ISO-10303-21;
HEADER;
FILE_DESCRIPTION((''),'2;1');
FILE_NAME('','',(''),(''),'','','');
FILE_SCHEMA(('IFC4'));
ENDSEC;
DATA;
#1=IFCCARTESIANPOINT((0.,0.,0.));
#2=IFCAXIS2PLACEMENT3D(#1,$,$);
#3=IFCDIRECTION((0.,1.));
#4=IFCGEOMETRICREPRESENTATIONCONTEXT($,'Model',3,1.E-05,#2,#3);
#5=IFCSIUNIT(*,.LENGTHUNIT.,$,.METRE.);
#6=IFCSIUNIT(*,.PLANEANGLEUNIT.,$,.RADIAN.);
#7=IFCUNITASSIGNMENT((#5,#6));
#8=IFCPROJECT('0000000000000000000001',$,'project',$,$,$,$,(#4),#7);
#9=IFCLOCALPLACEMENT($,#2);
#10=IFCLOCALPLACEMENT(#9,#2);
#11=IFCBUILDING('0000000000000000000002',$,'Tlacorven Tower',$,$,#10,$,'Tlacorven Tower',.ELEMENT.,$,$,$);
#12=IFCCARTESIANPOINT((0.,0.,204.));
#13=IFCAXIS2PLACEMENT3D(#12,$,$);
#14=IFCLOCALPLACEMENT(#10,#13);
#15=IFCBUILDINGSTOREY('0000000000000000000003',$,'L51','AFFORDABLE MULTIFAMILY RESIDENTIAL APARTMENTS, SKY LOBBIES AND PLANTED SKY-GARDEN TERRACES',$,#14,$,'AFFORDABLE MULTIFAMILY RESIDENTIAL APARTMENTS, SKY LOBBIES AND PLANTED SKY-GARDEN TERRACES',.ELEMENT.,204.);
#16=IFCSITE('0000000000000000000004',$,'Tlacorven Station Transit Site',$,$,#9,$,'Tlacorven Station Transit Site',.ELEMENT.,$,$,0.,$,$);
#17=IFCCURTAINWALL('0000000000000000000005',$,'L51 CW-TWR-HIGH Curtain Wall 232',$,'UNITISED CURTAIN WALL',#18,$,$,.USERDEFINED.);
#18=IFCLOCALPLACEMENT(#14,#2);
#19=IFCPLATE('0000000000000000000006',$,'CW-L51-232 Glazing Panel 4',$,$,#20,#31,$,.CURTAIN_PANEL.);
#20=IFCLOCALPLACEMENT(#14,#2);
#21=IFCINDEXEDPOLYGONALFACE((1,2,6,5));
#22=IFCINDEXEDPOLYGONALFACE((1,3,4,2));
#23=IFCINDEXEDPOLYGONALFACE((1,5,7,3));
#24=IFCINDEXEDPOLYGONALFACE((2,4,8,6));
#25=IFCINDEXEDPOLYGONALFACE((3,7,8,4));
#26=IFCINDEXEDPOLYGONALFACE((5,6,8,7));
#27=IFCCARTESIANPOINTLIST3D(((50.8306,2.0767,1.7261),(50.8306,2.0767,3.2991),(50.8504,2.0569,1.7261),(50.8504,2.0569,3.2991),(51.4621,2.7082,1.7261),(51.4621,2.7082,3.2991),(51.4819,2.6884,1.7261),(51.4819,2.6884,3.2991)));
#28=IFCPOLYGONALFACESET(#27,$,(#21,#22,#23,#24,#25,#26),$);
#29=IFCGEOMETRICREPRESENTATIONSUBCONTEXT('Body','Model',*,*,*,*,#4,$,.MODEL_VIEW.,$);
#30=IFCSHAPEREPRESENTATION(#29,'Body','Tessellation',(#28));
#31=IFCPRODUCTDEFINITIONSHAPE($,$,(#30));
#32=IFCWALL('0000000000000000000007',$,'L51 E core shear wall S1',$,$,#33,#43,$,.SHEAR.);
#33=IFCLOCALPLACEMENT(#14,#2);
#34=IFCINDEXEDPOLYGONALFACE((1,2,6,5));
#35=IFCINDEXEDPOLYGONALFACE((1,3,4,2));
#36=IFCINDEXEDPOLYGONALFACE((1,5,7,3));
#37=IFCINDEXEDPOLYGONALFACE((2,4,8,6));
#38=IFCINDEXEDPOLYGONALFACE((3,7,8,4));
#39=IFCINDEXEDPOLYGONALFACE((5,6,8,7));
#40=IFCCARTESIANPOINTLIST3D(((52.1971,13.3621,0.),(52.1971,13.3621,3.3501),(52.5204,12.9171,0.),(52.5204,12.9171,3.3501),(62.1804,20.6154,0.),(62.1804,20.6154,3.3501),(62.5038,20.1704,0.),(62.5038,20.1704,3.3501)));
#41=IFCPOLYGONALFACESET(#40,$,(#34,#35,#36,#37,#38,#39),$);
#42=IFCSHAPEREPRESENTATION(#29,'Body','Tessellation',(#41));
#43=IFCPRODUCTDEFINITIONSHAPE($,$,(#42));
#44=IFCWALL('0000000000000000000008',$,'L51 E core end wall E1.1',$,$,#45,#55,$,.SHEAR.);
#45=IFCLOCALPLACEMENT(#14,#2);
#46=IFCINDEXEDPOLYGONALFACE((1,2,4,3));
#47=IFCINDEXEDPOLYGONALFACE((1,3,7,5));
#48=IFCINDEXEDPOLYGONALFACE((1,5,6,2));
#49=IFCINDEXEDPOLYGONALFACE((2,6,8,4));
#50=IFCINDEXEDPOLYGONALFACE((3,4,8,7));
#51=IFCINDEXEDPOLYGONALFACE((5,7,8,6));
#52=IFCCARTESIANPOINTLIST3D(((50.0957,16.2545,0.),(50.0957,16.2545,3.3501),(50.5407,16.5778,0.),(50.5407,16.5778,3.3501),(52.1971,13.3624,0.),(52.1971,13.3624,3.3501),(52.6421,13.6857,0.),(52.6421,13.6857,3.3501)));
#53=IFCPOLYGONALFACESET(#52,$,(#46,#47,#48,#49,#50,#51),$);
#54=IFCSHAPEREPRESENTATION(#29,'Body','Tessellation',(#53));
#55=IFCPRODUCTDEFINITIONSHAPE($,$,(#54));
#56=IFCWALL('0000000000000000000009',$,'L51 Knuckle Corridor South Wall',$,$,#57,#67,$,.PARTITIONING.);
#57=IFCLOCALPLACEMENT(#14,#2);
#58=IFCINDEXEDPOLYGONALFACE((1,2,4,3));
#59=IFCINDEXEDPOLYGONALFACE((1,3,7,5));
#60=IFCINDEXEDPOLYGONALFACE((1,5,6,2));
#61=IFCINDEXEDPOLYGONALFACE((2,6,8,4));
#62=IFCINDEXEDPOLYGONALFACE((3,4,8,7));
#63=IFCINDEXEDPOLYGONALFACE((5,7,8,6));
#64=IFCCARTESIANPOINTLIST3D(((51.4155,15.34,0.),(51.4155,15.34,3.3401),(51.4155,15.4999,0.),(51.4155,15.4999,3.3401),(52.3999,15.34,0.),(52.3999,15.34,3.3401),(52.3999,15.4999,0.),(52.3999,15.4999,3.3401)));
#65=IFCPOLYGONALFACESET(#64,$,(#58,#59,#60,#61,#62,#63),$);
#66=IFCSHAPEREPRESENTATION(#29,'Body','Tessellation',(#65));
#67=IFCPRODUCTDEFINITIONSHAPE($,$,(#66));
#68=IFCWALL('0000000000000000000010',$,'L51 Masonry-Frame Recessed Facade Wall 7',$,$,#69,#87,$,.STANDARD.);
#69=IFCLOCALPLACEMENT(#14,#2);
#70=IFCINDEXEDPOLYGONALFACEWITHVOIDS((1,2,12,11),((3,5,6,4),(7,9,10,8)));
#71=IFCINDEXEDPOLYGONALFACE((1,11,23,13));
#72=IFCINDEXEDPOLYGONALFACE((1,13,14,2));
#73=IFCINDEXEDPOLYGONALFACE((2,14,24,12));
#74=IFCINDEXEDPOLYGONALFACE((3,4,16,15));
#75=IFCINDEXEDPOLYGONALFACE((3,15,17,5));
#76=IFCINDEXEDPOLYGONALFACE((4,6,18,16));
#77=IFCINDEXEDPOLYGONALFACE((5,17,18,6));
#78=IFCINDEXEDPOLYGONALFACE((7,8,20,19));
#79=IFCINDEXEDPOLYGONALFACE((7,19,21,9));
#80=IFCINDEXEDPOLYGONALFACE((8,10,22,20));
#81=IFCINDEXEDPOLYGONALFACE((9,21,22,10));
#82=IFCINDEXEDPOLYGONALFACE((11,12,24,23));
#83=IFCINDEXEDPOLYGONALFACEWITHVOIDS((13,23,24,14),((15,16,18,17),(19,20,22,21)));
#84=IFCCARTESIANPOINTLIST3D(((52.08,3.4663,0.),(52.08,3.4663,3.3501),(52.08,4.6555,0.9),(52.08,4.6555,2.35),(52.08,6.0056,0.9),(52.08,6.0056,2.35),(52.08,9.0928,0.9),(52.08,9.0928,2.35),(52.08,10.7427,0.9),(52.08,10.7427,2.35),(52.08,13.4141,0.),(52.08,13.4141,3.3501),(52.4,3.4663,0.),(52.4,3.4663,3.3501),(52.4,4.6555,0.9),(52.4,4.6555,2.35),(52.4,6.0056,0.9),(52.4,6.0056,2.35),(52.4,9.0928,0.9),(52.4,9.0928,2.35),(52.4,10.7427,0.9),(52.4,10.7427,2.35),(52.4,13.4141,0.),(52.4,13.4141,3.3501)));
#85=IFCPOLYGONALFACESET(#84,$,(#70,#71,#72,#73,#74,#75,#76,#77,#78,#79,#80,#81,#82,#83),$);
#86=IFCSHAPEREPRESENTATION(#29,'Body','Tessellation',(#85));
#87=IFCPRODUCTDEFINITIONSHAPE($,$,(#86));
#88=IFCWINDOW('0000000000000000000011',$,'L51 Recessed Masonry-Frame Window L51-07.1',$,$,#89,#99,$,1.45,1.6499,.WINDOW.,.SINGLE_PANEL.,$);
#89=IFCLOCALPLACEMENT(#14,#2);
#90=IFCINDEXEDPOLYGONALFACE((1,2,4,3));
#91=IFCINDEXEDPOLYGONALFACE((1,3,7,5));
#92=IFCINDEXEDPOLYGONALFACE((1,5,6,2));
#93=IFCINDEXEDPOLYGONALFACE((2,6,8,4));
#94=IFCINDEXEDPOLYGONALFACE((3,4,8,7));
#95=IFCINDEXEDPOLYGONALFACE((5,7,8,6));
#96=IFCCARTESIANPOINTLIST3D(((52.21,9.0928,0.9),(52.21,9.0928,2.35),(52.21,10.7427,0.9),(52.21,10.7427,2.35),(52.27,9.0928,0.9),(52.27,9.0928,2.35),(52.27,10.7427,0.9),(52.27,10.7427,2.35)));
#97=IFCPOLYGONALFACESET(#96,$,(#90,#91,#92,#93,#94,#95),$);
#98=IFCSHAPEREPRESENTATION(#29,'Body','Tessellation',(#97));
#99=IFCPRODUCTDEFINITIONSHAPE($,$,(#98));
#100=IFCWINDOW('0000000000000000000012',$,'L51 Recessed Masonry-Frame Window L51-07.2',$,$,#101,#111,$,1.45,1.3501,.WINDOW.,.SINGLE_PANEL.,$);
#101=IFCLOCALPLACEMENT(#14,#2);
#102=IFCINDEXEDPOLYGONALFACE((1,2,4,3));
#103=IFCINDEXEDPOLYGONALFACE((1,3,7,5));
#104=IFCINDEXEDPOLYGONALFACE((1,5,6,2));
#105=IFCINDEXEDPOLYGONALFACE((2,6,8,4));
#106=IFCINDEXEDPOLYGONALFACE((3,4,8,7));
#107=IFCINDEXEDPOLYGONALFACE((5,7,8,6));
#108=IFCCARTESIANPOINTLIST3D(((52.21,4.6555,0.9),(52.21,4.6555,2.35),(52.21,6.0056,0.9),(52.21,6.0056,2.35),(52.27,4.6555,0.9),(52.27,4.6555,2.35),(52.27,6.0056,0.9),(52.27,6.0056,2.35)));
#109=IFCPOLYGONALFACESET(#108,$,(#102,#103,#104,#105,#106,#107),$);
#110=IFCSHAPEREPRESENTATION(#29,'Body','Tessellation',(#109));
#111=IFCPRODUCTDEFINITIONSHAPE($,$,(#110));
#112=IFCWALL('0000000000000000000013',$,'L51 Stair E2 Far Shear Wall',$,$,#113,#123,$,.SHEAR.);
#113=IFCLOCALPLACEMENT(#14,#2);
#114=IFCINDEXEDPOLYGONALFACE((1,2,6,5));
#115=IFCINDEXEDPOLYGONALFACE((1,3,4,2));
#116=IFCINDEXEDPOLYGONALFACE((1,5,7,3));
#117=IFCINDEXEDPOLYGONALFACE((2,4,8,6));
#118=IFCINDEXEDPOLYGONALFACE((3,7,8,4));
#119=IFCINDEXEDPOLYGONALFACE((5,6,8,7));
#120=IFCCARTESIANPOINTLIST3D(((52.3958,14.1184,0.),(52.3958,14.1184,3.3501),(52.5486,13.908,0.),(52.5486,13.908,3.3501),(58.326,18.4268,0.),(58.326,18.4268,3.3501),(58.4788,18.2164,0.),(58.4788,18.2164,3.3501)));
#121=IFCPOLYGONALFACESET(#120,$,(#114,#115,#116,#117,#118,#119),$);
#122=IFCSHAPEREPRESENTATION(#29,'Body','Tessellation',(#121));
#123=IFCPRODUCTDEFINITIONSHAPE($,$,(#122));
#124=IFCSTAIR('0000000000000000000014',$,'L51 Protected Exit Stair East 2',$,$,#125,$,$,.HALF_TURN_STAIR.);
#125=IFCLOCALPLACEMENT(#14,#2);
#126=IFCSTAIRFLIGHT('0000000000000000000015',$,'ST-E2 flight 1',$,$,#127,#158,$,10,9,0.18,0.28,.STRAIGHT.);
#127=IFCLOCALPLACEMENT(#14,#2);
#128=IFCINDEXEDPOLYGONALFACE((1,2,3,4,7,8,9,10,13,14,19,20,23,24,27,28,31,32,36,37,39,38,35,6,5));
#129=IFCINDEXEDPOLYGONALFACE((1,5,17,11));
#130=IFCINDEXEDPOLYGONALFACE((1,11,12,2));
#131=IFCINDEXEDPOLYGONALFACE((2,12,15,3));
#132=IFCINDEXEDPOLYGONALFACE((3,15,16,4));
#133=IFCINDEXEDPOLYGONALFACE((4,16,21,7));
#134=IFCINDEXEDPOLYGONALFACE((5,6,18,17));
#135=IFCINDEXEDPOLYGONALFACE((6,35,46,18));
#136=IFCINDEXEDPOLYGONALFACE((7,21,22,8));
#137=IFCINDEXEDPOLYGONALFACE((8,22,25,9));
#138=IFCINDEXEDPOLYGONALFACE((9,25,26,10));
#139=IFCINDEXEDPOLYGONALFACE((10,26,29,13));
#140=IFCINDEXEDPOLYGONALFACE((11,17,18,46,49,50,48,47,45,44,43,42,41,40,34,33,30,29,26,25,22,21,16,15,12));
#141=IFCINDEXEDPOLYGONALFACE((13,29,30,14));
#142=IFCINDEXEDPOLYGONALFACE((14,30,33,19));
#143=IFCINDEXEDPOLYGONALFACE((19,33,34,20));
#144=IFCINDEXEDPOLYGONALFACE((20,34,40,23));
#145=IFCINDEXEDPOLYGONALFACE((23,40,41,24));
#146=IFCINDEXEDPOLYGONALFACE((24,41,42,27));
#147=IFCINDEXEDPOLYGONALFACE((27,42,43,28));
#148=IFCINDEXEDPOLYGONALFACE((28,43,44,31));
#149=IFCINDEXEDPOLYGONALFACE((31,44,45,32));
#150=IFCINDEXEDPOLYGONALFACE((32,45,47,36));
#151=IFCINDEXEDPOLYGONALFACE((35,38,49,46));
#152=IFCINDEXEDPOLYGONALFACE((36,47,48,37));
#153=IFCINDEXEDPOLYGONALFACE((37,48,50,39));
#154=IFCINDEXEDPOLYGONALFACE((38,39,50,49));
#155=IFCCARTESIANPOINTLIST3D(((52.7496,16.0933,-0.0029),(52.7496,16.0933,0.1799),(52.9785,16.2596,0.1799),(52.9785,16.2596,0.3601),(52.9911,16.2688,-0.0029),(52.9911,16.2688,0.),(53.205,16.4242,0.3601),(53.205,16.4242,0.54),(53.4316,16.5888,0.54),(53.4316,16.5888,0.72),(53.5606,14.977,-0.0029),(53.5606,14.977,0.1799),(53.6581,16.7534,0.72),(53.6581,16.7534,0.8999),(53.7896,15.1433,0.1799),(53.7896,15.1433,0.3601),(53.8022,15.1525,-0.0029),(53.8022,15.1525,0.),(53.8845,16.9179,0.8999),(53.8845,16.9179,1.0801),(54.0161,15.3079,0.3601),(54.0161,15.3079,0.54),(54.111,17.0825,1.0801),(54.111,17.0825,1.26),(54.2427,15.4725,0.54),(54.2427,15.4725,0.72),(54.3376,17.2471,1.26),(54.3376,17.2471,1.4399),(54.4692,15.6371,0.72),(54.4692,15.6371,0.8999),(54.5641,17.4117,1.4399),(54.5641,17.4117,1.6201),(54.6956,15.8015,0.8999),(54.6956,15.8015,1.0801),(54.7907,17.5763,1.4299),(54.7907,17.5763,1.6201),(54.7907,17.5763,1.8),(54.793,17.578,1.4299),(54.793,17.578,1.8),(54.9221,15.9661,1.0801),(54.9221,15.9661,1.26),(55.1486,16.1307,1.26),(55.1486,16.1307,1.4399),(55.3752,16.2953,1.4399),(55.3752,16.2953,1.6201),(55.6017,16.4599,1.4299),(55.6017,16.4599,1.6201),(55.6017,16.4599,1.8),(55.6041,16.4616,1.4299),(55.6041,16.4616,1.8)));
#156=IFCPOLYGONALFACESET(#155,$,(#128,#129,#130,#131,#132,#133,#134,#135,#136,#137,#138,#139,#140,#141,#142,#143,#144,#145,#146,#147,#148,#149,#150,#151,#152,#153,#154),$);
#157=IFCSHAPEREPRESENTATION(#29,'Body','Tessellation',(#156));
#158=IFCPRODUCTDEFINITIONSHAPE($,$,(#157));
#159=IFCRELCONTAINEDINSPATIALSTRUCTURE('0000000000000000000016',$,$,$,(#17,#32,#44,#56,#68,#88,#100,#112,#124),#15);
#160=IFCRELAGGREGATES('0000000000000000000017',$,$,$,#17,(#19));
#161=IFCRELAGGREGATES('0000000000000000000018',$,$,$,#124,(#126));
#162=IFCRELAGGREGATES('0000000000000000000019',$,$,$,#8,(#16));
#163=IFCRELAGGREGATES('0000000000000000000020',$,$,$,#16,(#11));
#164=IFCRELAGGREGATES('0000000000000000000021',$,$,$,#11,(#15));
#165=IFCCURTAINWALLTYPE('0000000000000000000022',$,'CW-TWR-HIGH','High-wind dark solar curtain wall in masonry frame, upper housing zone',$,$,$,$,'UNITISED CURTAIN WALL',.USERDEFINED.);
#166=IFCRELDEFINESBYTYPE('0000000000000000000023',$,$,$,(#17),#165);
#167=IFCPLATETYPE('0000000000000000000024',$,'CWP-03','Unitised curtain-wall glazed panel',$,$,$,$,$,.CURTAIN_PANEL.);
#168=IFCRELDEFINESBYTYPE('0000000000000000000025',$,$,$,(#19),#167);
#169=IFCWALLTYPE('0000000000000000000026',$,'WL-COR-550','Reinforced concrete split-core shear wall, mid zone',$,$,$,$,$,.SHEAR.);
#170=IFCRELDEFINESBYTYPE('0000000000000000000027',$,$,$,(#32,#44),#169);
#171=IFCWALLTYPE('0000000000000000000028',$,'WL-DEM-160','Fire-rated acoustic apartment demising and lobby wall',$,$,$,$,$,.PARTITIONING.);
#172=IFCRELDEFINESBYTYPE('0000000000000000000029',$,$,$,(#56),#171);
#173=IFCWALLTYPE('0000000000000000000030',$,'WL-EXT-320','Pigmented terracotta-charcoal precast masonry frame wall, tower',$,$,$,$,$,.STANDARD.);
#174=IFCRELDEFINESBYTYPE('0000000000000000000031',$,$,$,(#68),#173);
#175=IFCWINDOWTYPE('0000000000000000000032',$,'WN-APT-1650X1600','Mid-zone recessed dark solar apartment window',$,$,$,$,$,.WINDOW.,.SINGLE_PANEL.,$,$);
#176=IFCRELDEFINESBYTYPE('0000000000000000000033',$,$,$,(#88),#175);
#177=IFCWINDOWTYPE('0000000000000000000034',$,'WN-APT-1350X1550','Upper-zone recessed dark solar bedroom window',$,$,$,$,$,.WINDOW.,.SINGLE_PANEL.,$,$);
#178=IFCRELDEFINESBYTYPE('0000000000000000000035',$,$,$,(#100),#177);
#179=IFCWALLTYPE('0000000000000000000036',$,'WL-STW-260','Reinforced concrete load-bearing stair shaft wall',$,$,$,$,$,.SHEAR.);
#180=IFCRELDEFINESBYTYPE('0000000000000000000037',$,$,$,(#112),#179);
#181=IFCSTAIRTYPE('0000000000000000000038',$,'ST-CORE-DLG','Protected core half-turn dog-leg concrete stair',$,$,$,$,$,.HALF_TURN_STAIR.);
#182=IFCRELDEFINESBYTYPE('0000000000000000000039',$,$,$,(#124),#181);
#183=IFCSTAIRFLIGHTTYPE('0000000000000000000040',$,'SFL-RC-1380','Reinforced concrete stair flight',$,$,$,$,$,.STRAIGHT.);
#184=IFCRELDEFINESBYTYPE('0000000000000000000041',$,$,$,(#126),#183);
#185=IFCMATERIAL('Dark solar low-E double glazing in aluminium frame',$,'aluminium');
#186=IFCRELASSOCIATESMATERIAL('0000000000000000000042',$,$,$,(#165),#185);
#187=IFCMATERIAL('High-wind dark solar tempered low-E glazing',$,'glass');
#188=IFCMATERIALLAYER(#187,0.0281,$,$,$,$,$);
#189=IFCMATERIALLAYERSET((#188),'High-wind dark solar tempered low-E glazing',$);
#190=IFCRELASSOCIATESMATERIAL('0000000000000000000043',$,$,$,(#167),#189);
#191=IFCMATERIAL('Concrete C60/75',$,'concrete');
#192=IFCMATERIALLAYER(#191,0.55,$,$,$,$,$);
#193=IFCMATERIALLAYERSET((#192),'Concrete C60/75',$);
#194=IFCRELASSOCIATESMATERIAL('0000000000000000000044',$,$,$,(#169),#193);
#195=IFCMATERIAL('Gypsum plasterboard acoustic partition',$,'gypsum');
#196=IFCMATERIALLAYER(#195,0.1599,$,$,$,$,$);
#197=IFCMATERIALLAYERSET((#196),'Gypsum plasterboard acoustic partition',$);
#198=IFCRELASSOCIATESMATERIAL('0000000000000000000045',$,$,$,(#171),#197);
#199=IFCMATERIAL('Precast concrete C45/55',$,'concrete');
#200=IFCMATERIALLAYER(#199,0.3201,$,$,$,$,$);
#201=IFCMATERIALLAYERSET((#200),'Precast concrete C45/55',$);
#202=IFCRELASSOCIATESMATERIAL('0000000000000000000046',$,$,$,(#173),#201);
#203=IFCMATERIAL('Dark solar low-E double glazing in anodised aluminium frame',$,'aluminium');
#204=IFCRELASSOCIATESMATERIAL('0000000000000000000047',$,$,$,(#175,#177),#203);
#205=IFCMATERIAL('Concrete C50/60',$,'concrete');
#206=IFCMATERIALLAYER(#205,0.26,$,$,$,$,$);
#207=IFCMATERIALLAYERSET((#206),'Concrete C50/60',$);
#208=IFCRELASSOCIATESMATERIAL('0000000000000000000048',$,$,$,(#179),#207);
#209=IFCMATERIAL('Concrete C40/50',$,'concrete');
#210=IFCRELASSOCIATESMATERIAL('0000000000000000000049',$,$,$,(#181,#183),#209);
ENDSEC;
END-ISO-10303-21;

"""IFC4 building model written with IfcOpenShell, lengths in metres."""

from ifc_helpers import new_model, si_unit, direction, frame, frame_2d, origin, origin_2d, place, context, subcontext, project, spatial, polyline, rectangle, outline, extrude, source, transform, mapped, material, layer, layer_set, type_object, element, fill, aggregate, save


model = new_model("IFC4")

# Units and contexts
model_context = context("Model", 3, precision=1e-05, world=origin(), true_north=direction((0.0, 1.0)))
body_context = subcontext(model_context, "Body", "Model", "MODEL_VIEW")
ifc_project = project(units=[si_unit("LENGTHUNIT", "METRE"), si_unit("PLANEANGLEUNIT", "RADIAN")], contexts=[model_context])

# Site, building, storey
site_placement = place(None, origin())
site = spatial("IfcSite", under=ifc_project, at=site_placement, Name="Tlacorven Station Transit Site", LongName="Tlacorven Station Transit Site", CompositionType="ELEMENT", RefElevation=0.0)
building_placement = place(site_placement, origin())
building = spatial("IfcBuilding", under=site, at=building_placement, Name="Tlacorven Tower", LongName="Tlacorven Tower", CompositionType="ELEMENT")
storey_placement = place(building_placement, frame((0.0, 0.0, 204.0)))
storey = spatial("IfcBuildingStorey", under=building, at=storey_placement, Name="L51", Description="AFFORDABLE MULTIFAMILY RESIDENTIAL APARTMENTS, SKY LOBBIES AND PLANTED SKY-GARDEN TERRACES", LongName="AFFORDABLE MULTIFAMILY RESIDENTIAL APARTMENTS, SKY LOBBIES AND PLANTED SKY-GARDEN TERRACES", CompositionType="ELEMENT", Elevation=204.0)

# Curtain wall, plate
ifc_material_1 = material(Name="Dark solar low-E double glazing in aluminium frame", Category="aluminium")
curtain_wall_type = type_object("IfcCurtainWallType", Name="CW-TWR-HIGH", Description="High-wind dark solar curtain wall in masonry frame, upper housing zone", ElementType="UNITISED CURTAIN WALL", PredefinedType="USERDEFINED", material=ifc_material_1)
curtain_wall_placement = place(storey_placement, origin())
curtain_wall = element("IfcCurtainWall", 1, at=curtain_wall_placement, inside=storey, type_object=curtain_wall_type, Name="L51 CW-TWR-HIGH Curtain Wall 232", ObjectType="UNITISED CURTAIN WALL", PredefinedType="USERDEFINED")
ifc_material_2 = material(Name="High-wind dark solar tempered low-E glazing", Category="glass")
ifc_layer_1 = layer(ifc_material_2, 0.0281)
ifc_layer_set_1 = layer_set([ifc_layer_1], Name="High-wind dark solar tempered low-E glazing")
plate_type = type_object("IfcPlateType", Name="CWP-03", Description="Unitised curtain-wall glazed panel", PredefinedType="CURTAIN_PANEL", material=ifc_layer_set_1)
shared_shape_1 = source(origin(), body_context, "Body", "SweptSolid", [
    extrude(rectangle(XDim=0.8931, YDim=0.0281, at=origin_2d()), origin(), (0.0, 0.0, 1.0), 1.573),
])
plate_1_placement = place(storey_placement, frame((51.1562, 2.3826, 1.7261), z_axis=(0.0, 0.0, 1.0), x_axis=(-0.707107, -0.707107, 0.0)))
plate_1 = element("IfcPlate", 2, at=plate_1_placement, type_object=plate_type, Name="CW-L51-232 Glazing Panel 4", PredefinedType="CURTAIN_PANEL", context=body_context, shape_type="MappedRepresentation", body=[
    mapped(shared_shape_1, transform((0.0, 0.0, 0.0), scale=1.0)),
])
aggregate(curtain_wall, [plate_1])

# Walls
ifc_material_3 = material(Name="Concrete C60/75", Category="concrete")
ifc_layer_2 = layer(ifc_material_3, 0.55)
ifc_layer_set_2 = layer_set([ifc_layer_2], Name="Concrete C60/75")
wall_type_1 = type_object("IfcWallType", Name="WL-COR-550", Description="Reinforced concrete split-core shear wall, mid zone", PredefinedType="SHEAR", material=ifc_layer_set_2)
wall_1_placement = place(storey_placement, frame((52.3589, 13.1396, 0.0), z_axis=(0.0, 0.0, 1.0), x_axis=(0.809015, 0.587788, 0.0)))
element("IfcWall", 3, at=wall_1_placement, inside=storey, type_object=wall_type_1, Name="L51 E core shear wall S1", PredefinedType="SHEAR", context=body_context, shape_type="SweptSolid", body=[
    extrude(rectangle(XDim=12.3401, YDim=0.55, at=frame_2d((6.1699, 0.0))), origin(), (0.0, 0.0, 1.0), 3.3501),
])
wall_2_placement = place(storey_placement, frame((52.4197, 13.5239, 0.0), z_axis=(0.0, 0.0, 1.0), x_axis=(-0.587802, 0.809005, 0.0)))
element("IfcWall", 4, at=wall_2_placement, inside=storey, type_object=wall_type_1, Name="L51 E core end wall E1.1", PredefinedType="SHEAR", context=body_context, shape_type="SweptSolid", body=[
    extrude(rectangle(XDim=3.575, YDim=0.55, at=frame_2d((1.7876, 0.0))), origin(), (0.0, 0.0, 1.0), 3.3501),
])
ifc_material_4 = material(Name="Gypsum plasterboard acoustic partition", Category="gypsum")
ifc_layer_3 = layer(ifc_material_4, 0.1599)
ifc_layer_set_3 = layer_set([ifc_layer_3], Name="Gypsum plasterboard acoustic partition")
wall_type_2 = type_object("IfcWallType", Name="WL-DEM-160", Description="Fire-rated acoustic apartment demising and lobby wall", PredefinedType="PARTITIONING", material=ifc_layer_set_3)
wall_3_placement = place(storey_placement, frame((51.4155, 15.4199, 0.0), z_axis=(0.0, 0.0, 1.0), x_axis=(1.0, 0.0, 0.0)))
element("IfcWall", 5, at=wall_3_placement, inside=storey, type_object=wall_type_2, Name="L51 Knuckle Corridor South Wall", PredefinedType="PARTITIONING", context=body_context, shape_type="SweptSolid", body=[
    extrude(rectangle(XDim=0.9844, YDim=0.1599, at=frame_2d((0.4922, 0.0))), origin(), (0.0, 0.0, 1.0), 3.3401),
])

# Wall, openings, windows
ifc_material_5 = material(Name="Precast concrete C45/55", Category="concrete")
ifc_layer_4 = layer(ifc_material_5, 0.3201)
ifc_layer_set_4 = layer_set([ifc_layer_4], Name="Precast concrete C45/55")
wall_type_3 = type_object("IfcWallType", Name="WL-EXT-320", Description="Pigmented terracotta-charcoal precast masonry frame wall, tower", PredefinedType="STANDARD", material=ifc_layer_set_4)
wall_4_placement = place(storey_placement, frame((52.24, 13.4141, 0.0), z_axis=(0.0, 0.0, 1.0), x_axis=(0.0, -1.0, 0.0)))
wall_4 = element("IfcWall", 6, at=wall_4_placement, inside=storey, type_object=wall_type_3, Name="L51 Masonry-Frame Recessed Facade Wall 7", PredefinedType="STANDARD", context=body_context, shape_type="SweptSolid", body=[
    extrude(rectangle(XDim=9.9478, YDim=0.3201, at=frame_2d((4.9739, 0.0))), origin(), (0.0, 0.0, 1.0), 3.3501),
])
opening_1_placement = place(wall_4_placement, frame((2.6714, 0.0, 0.8999)))
opening_1 = element("IfcOpeningElement", 7, at=opening_1_placement, cuts=wall_4, PredefinedType="OPENING", context=body_context, shape_type="SweptSolid", body=[
    extrude(rectangle(XDim=1.6499, YDim=1.45, at=frame_2d((0.825, 0.7251))), frame((0.0, 0.1699, 0.0), z_axis=(0.0, -1.0, 0.0), x_axis=(1.0, 0.0, 0.0)), (0.0, 0.0, 1.0), 0.3401),
])
opening_2_placement = place(wall_4_placement, frame((7.4084, 0.0, 0.8999)))
opening_2 = element("IfcOpeningElement", 8, at=opening_2_placement, cuts=wall_4, PredefinedType="OPENING", context=body_context, shape_type="SweptSolid", body=[
    extrude(rectangle(XDim=1.3501, YDim=1.45, at=frame_2d((0.675, 0.7251))), frame((0.0, 0.1699, 0.0), z_axis=(0.0, -1.0, 0.0), x_axis=(1.0, 0.0, 0.0)), (0.0, 0.0, 1.0), 0.3401),
])
ifc_material_6 = material(Name="Dark solar low-E double glazing in anodised aluminium frame", Category="aluminium")
window_type_1 = type_object("IfcWindowType", Name="WN-APT-1650X1600", Description="Mid-zone recessed dark solar apartment window", PartitioningType="SINGLE_PANEL", PredefinedType="WINDOW", material=ifc_material_6)
shared_shape_2 = source(origin(), body_context, "Body", "SweptSolid", [
    extrude(rectangle(XDim=1.6499, YDim=1.45, at=frame_2d((0.825, 0.7251))), frame((0.0, 0.03, 0.0), z_axis=(0.0, -1.0, 0.0), x_axis=(1.0, 0.0, 0.0)), (0.0, 0.0, 1.0), 0.0601),
])
window_1_placement = place(opening_1_placement, origin())
window_1 = element("IfcWindow", 9, at=window_1_placement, inside=storey, type_object=window_type_1, Name="L51 Recessed Masonry-Frame Window L51-07.1", OverallHeight=1.45, OverallWidth=1.6499, PartitioningType="SINGLE_PANEL", PredefinedType="WINDOW", context=body_context, shape_type="MappedRepresentation", body=[
    mapped(shared_shape_2, transform((0.0, 0.0, 0.0), scale=1.0)),
])
fill(opening_1, window_1)
window_type_2 = type_object("IfcWindowType", Name="WN-APT-1350X1550", Description="Upper-zone recessed dark solar bedroom window", PartitioningType="SINGLE_PANEL", PredefinedType="WINDOW", material=ifc_material_6)
shared_shape_3 = source(origin(), body_context, "Body", "SweptSolid", [
    extrude(rectangle(XDim=1.3501, YDim=1.45, at=frame_2d((0.675, 0.7251))), frame((0.0, 0.03, 0.0), z_axis=(0.0, -1.0, 0.0), x_axis=(1.0, 0.0, 0.0)), (0.0, 0.0, 1.0), 0.0601),
])
window_2_placement = place(opening_2_placement, origin())
window_2 = element("IfcWindow", 10, at=window_2_placement, inside=storey, type_object=window_type_2, Name="L51 Recessed Masonry-Frame Window L51-07.2", OverallHeight=1.45, OverallWidth=1.3501, PartitioningType="SINGLE_PANEL", PredefinedType="WINDOW", context=body_context, shape_type="MappedRepresentation", body=[
    mapped(shared_shape_3, transform((0.0, 0.0, 0.0), scale=1.0)),
])
fill(opening_2, window_2)

# Wall
ifc_material_7 = material(Name="Concrete C50/60", Category="concrete")
ifc_layer_5 = layer(ifc_material_7, 0.26)
ifc_layer_set_5 = layer_set([ifc_layer_5], Name="Concrete C50/60")
wall_type_4 = type_object("IfcWallType", Name="WL-STW-260", Description="Reinforced concrete load-bearing stair shaft wall", PredefinedType="SHEAR", material=ifc_layer_set_5)
wall_5_placement = place(storey_placement, frame((52.4722, 14.0132, 0.0), z_axis=(0.0, 0.0, 1.0), x_axis=(0.809028, 0.58777, 0.0)))
element("IfcWall", 11, at=wall_5_placement, inside=storey, type_object=wall_type_4, Name="L51 Stair E2 Far Shear Wall", PredefinedType="SHEAR", context=body_context, shape_type="SweptSolid", body=[
    extrude(rectangle(XDim=7.3301, YDim=0.26, at=frame_2d((3.665, 0.0))), origin(), (0.0, 0.0, 1.0), 3.3501),
])

# Stair, stair flight
ifc_material_8 = material(Name="Concrete C40/50", Category="concrete")
stair_type = type_object("IfcStairType", Name="ST-CORE-DLG", Description="Protected core half-turn dog-leg concrete stair", PredefinedType="HALF_TURN_STAIR", material=ifc_material_8)
stair_placement = place(storey_placement, origin())
stair = element("IfcStair", 12, at=stair_placement, inside=storey, type_object=stair_type, Name="L51 Protected Exit Stair East 2", PredefinedType="HALF_TURN_STAIR")
stair_flight_type = type_object("IfcStairFlightType", Name="SFL-RC-1380", Description="Reinforced concrete stair flight", PredefinedType="STRAIGHT", material=ifc_material_8)
shared_shape_4 = source(origin(), body_context, "Body", "SweptSolid", [
    extrude(outline(polyline([(-0.0029, -0.0029), (-0.0029, 0.1799), (0.28, 0.1799), (0.28, 0.3601), (0.5601, 0.3601), (0.5601, 0.54), (0.8401, 0.54), (0.8401, 0.72), (1.1201, 0.72), (1.1201, 0.8999), (1.3999, 0.8999), (1.3999, 1.0801), (1.6799, 1.0801), (1.6799, 1.26), (1.96, 1.26), (1.96, 1.4399), (2.24, 1.4399), (2.24, 1.6201), (2.52, 1.6201), (2.52, 1.8), (2.5229, 1.8), (2.5229, 1.4299), (2.52, 1.4299), (0.2957, 0.0), (0.2957, -0.0029), (-0.0029, -0.0029)])), frame((0.0, 0.6899, 0.0), z_axis=(0.0, -1.0, 0.0), x_axis=(1.0, 0.0, 0.0)), (0.0, 0.0, 1.0), 1.3799),
])
stair_flight_placement = place(storey_placement, frame((53.1575, 15.5369, 0.0), z_axis=(0.0, 0.0, 1.0), x_axis=(0.809017, 0.587785, 0.0)))
stair_flight = element("IfcStairFlight", 13, at=stair_flight_placement, type_object=stair_flight_type, Name="ST-E2 flight 1", NumberOfRisers=10, NumberOfTreads=9, PredefinedType="STRAIGHT", RiserHeight=0.18, TreadLength=0.28, context=body_context, shape_type="MappedRepresentation", body=[
    mapped(shared_shape_4, transform((0.0, 0.0, 0.0), scale=1.0)),
])
aggregate(stair, [stair_flight])

save(model, "model.ifc")
